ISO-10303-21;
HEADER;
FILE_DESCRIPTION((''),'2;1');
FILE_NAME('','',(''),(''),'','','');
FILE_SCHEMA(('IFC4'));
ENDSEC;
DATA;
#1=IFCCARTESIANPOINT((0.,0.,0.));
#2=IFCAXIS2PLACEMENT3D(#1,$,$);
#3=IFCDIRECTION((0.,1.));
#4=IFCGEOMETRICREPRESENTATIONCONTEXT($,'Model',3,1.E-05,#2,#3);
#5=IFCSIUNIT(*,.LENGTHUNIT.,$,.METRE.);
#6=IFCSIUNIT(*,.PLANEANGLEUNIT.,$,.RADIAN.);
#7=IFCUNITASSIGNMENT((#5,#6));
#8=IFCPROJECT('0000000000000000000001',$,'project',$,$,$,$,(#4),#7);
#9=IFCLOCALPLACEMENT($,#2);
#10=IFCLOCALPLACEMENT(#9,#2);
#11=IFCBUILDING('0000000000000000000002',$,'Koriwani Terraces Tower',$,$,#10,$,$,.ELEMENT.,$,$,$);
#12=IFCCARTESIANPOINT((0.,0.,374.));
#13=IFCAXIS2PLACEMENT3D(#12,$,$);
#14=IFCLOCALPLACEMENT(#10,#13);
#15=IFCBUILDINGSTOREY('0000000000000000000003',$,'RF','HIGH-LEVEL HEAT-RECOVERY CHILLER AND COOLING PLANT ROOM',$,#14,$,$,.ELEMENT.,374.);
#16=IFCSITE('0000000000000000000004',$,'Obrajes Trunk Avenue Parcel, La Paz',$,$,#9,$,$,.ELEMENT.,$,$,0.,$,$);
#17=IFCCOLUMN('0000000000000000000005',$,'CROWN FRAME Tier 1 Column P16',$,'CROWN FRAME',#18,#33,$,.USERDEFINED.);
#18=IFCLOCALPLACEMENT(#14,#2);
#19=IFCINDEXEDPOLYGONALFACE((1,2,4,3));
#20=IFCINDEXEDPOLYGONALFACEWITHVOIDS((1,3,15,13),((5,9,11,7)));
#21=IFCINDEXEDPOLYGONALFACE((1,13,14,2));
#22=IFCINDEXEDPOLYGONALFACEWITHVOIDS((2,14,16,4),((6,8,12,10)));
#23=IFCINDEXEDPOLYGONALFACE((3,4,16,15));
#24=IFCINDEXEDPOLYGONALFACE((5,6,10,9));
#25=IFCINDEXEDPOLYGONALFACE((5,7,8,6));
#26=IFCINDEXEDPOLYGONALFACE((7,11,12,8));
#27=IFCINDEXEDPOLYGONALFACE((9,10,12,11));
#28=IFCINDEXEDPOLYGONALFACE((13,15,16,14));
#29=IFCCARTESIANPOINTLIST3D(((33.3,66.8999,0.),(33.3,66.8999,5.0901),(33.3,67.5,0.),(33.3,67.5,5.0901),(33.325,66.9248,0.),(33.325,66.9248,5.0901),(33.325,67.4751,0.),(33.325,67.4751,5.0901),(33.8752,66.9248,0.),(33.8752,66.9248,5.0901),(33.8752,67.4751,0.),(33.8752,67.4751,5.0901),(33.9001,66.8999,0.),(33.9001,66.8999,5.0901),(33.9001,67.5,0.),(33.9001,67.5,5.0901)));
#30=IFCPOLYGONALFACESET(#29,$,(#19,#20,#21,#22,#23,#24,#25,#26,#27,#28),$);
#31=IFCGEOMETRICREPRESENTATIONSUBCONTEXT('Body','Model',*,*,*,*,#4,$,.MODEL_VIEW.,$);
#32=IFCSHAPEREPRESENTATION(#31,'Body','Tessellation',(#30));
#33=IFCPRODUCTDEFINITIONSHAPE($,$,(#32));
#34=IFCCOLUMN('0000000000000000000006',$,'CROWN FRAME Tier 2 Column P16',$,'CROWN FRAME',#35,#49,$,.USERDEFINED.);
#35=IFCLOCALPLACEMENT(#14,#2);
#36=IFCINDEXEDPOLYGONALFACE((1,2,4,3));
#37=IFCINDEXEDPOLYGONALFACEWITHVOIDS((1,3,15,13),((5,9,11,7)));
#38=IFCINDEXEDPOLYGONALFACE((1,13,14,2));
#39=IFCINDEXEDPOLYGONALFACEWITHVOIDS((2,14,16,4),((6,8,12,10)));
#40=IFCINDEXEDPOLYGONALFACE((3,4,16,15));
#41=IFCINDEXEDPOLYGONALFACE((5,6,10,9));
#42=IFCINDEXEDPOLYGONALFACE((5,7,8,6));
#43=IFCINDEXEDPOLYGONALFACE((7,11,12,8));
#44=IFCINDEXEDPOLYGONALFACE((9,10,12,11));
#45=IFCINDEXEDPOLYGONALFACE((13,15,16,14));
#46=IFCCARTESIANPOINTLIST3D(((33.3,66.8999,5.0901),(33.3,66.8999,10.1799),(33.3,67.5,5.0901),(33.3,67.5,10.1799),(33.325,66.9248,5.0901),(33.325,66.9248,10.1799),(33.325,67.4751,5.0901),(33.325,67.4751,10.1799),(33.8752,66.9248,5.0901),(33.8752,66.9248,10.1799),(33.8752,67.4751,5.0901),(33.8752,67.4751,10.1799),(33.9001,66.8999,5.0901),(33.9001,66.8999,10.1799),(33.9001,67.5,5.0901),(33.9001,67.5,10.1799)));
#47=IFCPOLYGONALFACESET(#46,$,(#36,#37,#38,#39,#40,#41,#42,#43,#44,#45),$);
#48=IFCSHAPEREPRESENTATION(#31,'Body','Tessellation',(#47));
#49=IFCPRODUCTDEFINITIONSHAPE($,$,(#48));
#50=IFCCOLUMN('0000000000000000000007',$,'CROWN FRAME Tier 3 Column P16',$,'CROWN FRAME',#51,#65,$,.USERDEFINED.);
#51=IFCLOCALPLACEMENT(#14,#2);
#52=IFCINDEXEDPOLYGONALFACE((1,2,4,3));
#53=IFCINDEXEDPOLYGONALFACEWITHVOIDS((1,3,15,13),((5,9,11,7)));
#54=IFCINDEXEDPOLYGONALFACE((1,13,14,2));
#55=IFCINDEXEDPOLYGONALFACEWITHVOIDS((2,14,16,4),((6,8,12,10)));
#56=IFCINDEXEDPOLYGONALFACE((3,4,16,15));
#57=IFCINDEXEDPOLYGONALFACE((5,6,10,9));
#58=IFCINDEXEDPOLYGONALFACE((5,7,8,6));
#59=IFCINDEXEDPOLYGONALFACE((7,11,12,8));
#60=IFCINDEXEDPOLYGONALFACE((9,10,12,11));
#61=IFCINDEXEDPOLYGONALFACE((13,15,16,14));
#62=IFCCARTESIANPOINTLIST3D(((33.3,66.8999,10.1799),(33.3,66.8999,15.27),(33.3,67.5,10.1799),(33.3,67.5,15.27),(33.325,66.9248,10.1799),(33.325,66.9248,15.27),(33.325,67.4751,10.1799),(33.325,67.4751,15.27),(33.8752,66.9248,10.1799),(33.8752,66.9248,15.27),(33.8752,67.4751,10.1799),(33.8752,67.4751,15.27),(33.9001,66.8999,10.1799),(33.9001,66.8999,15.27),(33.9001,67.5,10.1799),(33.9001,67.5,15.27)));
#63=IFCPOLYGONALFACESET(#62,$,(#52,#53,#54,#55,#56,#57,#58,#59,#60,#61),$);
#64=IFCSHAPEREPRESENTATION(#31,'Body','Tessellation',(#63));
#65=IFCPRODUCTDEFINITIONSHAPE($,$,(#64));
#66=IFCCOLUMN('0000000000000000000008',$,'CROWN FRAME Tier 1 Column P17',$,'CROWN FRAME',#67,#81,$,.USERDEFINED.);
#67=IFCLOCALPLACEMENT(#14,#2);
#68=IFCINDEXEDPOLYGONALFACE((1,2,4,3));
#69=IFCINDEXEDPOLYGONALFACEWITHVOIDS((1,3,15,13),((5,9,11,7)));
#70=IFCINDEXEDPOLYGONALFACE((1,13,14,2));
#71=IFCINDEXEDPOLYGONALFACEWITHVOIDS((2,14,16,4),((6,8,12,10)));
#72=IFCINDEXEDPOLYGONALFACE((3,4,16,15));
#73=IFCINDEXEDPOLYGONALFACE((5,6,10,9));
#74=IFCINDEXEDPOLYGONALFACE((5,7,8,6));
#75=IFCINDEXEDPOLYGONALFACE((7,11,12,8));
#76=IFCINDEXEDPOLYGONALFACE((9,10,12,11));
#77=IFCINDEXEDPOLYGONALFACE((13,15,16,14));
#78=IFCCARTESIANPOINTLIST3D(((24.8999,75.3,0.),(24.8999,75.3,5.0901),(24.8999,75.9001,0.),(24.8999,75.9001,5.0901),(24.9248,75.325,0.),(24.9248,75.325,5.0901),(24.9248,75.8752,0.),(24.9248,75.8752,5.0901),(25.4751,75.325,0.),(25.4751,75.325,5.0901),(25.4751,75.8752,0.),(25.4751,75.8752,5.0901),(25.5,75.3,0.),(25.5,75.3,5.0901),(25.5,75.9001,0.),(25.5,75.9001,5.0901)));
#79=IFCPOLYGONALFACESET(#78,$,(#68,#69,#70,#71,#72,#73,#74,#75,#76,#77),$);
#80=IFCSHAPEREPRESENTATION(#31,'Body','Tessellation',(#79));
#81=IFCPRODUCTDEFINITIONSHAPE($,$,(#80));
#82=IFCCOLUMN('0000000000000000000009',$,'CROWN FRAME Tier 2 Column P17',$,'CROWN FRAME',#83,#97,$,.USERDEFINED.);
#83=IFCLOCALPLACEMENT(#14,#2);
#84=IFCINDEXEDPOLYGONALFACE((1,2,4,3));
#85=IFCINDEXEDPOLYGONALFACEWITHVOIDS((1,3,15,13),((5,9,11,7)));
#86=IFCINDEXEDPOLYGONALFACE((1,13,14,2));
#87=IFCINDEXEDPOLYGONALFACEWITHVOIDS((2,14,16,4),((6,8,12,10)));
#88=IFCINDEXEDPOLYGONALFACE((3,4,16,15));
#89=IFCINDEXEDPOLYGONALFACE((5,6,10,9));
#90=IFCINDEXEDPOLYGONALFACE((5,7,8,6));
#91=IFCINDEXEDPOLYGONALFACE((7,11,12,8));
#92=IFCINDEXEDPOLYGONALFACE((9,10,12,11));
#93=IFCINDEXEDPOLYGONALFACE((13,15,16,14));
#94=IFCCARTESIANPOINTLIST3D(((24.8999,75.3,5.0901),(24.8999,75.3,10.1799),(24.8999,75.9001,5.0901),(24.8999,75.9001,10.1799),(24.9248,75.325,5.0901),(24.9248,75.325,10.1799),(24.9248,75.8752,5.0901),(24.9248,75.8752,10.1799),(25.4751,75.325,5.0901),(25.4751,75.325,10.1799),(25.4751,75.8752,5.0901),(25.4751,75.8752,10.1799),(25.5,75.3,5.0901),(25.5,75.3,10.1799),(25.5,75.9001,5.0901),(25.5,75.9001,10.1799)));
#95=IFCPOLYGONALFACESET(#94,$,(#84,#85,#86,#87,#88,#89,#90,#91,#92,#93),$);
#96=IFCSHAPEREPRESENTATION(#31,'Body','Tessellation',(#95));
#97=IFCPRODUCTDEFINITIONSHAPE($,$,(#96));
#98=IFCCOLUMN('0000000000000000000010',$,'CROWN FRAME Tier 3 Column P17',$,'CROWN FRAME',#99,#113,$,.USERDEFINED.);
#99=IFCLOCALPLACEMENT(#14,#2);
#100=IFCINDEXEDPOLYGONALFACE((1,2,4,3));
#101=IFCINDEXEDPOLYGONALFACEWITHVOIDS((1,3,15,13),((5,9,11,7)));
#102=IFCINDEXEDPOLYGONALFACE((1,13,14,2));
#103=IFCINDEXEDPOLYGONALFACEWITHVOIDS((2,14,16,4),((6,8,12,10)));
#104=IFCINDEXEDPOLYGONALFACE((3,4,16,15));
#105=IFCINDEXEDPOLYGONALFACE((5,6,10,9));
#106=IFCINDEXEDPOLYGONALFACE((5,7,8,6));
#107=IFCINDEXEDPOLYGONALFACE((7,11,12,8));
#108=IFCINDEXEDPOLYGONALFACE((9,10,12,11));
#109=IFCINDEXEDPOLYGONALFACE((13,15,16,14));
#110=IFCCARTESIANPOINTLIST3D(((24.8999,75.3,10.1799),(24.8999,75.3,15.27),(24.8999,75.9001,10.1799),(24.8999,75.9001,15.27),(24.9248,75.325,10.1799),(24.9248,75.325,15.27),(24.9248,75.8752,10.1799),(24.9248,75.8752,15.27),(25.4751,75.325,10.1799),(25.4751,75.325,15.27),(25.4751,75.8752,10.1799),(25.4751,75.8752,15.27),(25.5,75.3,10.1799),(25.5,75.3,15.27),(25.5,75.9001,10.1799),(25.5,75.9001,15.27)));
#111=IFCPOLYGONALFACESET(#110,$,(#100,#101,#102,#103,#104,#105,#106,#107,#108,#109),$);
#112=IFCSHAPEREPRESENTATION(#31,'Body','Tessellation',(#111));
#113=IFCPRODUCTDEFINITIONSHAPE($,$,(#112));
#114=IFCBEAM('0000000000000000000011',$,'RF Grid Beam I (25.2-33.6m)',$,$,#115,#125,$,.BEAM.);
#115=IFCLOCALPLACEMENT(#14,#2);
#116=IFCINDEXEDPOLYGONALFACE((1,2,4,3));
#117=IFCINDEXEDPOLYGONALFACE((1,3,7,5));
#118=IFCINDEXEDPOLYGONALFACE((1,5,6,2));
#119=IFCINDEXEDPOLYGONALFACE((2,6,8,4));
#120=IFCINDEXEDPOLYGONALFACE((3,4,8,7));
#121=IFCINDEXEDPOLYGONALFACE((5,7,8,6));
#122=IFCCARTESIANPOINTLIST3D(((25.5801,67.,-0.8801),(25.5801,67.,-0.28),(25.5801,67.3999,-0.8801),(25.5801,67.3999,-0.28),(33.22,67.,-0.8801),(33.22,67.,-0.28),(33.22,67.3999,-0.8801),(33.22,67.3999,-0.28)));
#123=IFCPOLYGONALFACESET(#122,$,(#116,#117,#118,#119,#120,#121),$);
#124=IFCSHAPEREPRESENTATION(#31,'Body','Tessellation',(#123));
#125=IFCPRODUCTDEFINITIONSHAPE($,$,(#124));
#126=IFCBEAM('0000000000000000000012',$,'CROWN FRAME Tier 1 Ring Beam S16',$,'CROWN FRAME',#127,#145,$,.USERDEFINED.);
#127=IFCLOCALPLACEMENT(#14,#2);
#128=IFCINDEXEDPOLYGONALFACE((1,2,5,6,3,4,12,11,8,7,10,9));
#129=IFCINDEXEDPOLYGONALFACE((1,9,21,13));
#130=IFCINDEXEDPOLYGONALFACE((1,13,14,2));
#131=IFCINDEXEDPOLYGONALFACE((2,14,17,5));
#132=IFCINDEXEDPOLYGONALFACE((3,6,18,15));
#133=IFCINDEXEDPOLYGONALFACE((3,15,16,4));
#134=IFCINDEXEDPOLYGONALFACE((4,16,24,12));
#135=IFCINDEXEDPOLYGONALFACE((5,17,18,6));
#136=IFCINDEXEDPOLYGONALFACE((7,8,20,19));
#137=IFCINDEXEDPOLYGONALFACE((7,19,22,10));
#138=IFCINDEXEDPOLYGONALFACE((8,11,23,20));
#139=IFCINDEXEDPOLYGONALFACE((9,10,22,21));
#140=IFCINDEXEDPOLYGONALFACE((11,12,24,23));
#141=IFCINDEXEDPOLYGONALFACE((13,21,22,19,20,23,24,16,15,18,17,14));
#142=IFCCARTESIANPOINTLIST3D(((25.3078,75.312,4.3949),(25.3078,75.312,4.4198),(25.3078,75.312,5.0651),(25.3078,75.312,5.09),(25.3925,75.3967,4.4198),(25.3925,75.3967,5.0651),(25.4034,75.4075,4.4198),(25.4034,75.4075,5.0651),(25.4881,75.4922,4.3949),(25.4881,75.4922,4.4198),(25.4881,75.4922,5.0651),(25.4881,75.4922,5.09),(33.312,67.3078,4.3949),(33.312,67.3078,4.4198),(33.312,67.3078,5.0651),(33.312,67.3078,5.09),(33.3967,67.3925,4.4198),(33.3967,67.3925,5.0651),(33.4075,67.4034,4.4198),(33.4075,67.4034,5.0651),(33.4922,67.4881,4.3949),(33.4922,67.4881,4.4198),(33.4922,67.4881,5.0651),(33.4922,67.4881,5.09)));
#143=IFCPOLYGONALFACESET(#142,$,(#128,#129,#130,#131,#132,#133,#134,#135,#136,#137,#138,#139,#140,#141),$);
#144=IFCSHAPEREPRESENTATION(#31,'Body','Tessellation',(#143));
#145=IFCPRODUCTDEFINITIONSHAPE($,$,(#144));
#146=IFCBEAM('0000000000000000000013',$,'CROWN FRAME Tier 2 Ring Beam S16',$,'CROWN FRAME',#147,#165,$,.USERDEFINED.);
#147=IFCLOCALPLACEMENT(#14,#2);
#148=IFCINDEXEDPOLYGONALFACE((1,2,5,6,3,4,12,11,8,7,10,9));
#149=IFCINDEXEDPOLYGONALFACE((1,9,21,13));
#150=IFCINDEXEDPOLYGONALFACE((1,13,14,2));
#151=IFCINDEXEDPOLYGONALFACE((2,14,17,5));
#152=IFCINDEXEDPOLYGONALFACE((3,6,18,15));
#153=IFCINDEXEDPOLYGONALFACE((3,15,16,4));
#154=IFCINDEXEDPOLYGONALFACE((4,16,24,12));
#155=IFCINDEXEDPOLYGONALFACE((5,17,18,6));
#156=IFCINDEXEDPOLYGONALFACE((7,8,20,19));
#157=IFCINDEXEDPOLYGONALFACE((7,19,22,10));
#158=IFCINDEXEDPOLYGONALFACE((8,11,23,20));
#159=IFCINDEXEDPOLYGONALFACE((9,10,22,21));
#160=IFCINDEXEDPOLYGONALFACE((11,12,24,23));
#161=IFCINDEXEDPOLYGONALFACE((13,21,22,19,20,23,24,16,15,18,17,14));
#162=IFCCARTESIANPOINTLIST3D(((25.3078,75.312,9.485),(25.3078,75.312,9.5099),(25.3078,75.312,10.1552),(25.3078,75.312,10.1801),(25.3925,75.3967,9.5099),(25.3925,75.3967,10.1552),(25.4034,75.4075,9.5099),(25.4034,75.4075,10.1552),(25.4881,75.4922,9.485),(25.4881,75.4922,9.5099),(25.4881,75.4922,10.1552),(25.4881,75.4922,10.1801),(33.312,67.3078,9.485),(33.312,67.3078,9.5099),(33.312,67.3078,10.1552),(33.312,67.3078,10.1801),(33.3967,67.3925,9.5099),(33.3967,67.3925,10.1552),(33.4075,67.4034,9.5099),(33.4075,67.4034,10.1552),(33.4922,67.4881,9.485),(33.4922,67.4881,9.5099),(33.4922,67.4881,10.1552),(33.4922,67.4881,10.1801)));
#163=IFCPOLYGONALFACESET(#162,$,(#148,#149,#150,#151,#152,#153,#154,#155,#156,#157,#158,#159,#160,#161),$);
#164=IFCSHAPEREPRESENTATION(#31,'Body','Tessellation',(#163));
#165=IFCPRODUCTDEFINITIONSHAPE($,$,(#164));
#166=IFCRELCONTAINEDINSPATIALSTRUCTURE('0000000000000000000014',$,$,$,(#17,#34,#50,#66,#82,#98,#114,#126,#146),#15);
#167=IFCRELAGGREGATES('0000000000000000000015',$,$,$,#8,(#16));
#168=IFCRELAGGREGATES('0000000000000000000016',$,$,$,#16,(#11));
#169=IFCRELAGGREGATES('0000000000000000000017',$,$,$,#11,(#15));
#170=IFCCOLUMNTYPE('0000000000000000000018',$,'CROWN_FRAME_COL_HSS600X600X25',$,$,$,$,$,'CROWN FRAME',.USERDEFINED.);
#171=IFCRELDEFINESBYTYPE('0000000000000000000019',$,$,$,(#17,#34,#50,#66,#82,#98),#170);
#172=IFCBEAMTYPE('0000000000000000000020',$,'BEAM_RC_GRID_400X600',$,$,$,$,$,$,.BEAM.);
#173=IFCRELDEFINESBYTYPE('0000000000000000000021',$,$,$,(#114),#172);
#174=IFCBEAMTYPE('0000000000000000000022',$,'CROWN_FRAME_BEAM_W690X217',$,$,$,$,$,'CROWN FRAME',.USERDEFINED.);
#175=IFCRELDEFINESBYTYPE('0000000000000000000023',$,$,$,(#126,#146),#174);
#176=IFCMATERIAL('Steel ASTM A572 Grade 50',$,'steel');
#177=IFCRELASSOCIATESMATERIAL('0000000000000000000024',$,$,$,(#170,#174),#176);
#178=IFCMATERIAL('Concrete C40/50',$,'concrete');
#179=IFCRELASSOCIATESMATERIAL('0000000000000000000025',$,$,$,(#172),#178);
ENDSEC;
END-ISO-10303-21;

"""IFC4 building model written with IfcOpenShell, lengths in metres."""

from ifc_helpers import new_model, si_unit, direction, frame, origin, origin_2d, place, context, subcontext, project, spatial, rectangle, hollow_rectangle, i_section, extrude, material, material_profile, profile_set, type_object, element, save


model = new_model("IFC4")

# Units and contexts
model_context = context("Model", 3, precision=1e-05, world=origin(), true_north=direction((0.0, 1.0)))
body_context = subcontext(model_context, "Body", "Model", "MODEL_VIEW")
ifc_project = project(units=[si_unit("LENGTHUNIT", "METRE"), si_unit("PLANEANGLEUNIT", "RADIAN")], contexts=[model_context])

# Site, building, storey
site_placement = place(None, origin())
site = spatial("IfcSite", under=ifc_project, at=site_placement, Name="Obrajes Trunk Avenue Parcel, La Paz", CompositionType="ELEMENT", RefElevation=0.0)
building_placement = place(site_placement, origin())
building = spatial("IfcBuilding", under=site, at=building_placement, Name="Koriwani Terraces Tower", CompositionType="ELEMENT")
storey_placement = place(building_placement, frame((0.0, 0.0, 374.0)))
storey = spatial("IfcBuildingStorey", under=building, at=storey_placement, Name="RF", Description="HIGH-LEVEL HEAT-RECOVERY CHILLER AND COOLING PLANT ROOM", CompositionType="ELEMENT", Elevation=374.0)

# Columns
ifc_material_1 = material(Name="Steel ASTM A572 Grade 50", Category="steel")
ifc_material_profile_1 = material_profile(ifc_material_1, hollow_rectangle(XDim=0.6001, YDim=0.6001, WallThickness=0.0249, at=origin_2d()), Name="Steel ASTM A572 Grade 50", Category="LoadBearing")
ifc_profile_set_1 = profile_set([ifc_material_profile_1], Name="Steel ASTM A572 Grade 50")
column_type = type_object("IfcColumnType", Name="CROWN_FRAME_COL_HSS600X600X25", ElementType="CROWN FRAME", PredefinedType="USERDEFINED", material=ifc_profile_set_1)
column_1_placement = place(storey_placement, frame((33.6001, 67.2, 0.0), z_axis=(0.0, 0.0, 1.0), x_axis=(1.0, 0.0, 0.0)))
element("IfcColumn", 1, at=column_1_placement, inside=storey, type_object=column_type, Name="CROWN FRAME Tier 1 Column P16", ObjectType="CROWN FRAME", PredefinedType="USERDEFINED", context=body_context, shape_type="SweptSolid", body=[
    extrude(hollow_rectangle(XDim=0.6001, YDim=0.6001, WallThickness=0.0249, at=origin_2d()), origin(), (0.0, 0.0, 1.0), 5.0901),
])
column_2_placement = place(storey_placement, frame((33.6001, 67.2, 5.0901), z_axis=(0.0, 0.0, 1.0), x_axis=(1.0, 0.0, 0.0)))
element("IfcColumn", 2, at=column_2_placement, inside=storey, type_object=column_type, Name="CROWN FRAME Tier 2 Column P16", ObjectType="CROWN FRAME", PredefinedType="USERDEFINED", context=body_context, shape_type="SweptSolid", body=[
    extrude(hollow_rectangle(XDim=0.6001, YDim=0.6001, WallThickness=0.0249, at=origin_2d()), origin(), (0.0, 0.0, 1.0), 5.0898),
])
for number, where, z_axis, x_axis, name in (
    (3, (33.6001, 67.2, 10.1799), (0.0, 0.0, 1.0), (1.0, 0.0, 0.0), "CROWN FRAME Tier 3 Column P16"),
    (4, (25.2, 75.6001, 0.0), (0.0, 0.0, 1.0), (1.0, 0.0, 0.0), "CROWN FRAME Tier 1 Column P17"),
):
    element("IfcColumn", number, at=place(storey_placement, frame(where, z_axis=z_axis, x_axis=x_axis)), inside=storey, type_object=column_type, Name=name, ObjectType="CROWN FRAME", PredefinedType="USERDEFINED", context=body_context, shape_type="SweptSolid", body=[
        extrude(hollow_rectangle(XDim=0.6001, YDim=0.6001, WallThickness=0.0249, at=origin_2d()), origin(), (0.0, 0.0, 1.0), 5.0901),
    ])
column_3_placement = place(storey_placement, frame((25.2, 75.6001, 5.0901), z_axis=(0.0, 0.0, 1.0), x_axis=(1.0, 0.0, 0.0)))
element("IfcColumn", 5, at=column_3_placement, inside=storey, type_object=column_type, Name="CROWN FRAME Tier 2 Column P17", ObjectType="CROWN FRAME", PredefinedType="USERDEFINED", context=body_context, shape_type="SweptSolid", body=[
    extrude(hollow_rectangle(XDim=0.6001, YDim=0.6001, WallThickness=0.0249, at=origin_2d()), origin(), (0.0, 0.0, 1.0), 5.0898),
])
column_4_placement = place(storey_placement, frame((25.2, 75.6001, 10.1799), z_axis=(0.0, 0.0, 1.0), x_axis=(1.0, 0.0, 0.0)))
element("IfcColumn", 6, at=column_4_placement, inside=storey, type_object=column_type, Name="CROWN FRAME Tier 3 Column P17", ObjectType="CROWN FRAME", PredefinedType="USERDEFINED", context=body_context, shape_type="SweptSolid", body=[
    extrude(hollow_rectangle(XDim=0.6001, YDim=0.6001, WallThickness=0.0249, at=origin_2d()), origin(), (0.0, 0.0, 1.0), 5.0901),
])

# Beams
ifc_material_2 = material(Name="Concrete C40/50", Category="concrete")
ifc_material_profile_2 = material_profile(ifc_material_2, rectangle(XDim=0.3999, YDim=0.6001, at=origin_2d()), Name="Concrete C40/50", Category="LoadBearing")
ifc_profile_set_2 = profile_set([ifc_material_profile_2], Name="Concrete C40/50")
beam_type_1 = type_object("IfcBeamType", Name="BEAM_RC_GRID_400X600", PredefinedType="BEAM", material=ifc_profile_set_2)
beam_1_placement = place(storey_placement, frame((25.5801, 67.2, -0.5801), z_axis=(1.0, 0.0, 0.0), x_axis=(0.0, 1.0, 0.0)))
element("IfcBeam", 7, at=beam_1_placement, inside=storey, type_object=beam_type_1, Name="RF Grid Beam I (25.2-33.6m)", PredefinedType="BEAM", context=body_context, shape_type="SweptSolid", body=[
    extrude(rectangle(XDim=0.3999, YDim=0.6001, at=origin_2d()), origin(), (0.0, 0.0, 1.0), 7.6399),
])
ifc_material_profile_3 = material_profile(ifc_material_1, i_section(OverallWidth=0.2549, OverallDepth=0.6951, WebThickness=0.0154, FlangeThickness=0.0249, at=origin_2d()), Name="Steel ASTM A572 Grade 50", Category="LoadBearing")
ifc_profile_set_3 = profile_set([ifc_material_profile_3], Name="Steel ASTM A572 Grade 50")
beam_type_2 = type_object("IfcBeamType", Name="CROWN_FRAME_BEAM_W690X217", ElementType="CROWN FRAME", PredefinedType="USERDEFINED", material=ifc_profile_set_3)
for number, where, z_axis, x_axis, name in (
    (8, (33.4021, 67.3979, 4.7424), (-0.707107, 0.707107, 0.0), (-0.707107, -0.707107, 0.0), "CROWN FRAME Tier 1 Ring Beam S16"),
    (9, (33.4021, 67.3979, 9.8325), (-0.707107, 0.707107, 0.0), (-0.707107, -0.707107, 0.0), "CROWN FRAME Tier 2 Ring Beam S16"),
):
    element("IfcBeam", number, at=place(storey_placement, frame(where, z_axis=z_axis, x_axis=x_axis)), inside=storey, type_object=beam_type_2, Name=name, ObjectType="CROWN FRAME", PredefinedType="USERDEFINED", context=body_context, shape_type="SweptSolid", body=[
        extrude(i_section(OverallWidth=0.2549, OverallDepth=0.6951, WebThickness=0.0154, FlangeThickness=0.0249, at=origin_2d()), origin(), (0.0, 0.0, 1.0), 11.3196),
    ])

save(model, "model.ifc")
